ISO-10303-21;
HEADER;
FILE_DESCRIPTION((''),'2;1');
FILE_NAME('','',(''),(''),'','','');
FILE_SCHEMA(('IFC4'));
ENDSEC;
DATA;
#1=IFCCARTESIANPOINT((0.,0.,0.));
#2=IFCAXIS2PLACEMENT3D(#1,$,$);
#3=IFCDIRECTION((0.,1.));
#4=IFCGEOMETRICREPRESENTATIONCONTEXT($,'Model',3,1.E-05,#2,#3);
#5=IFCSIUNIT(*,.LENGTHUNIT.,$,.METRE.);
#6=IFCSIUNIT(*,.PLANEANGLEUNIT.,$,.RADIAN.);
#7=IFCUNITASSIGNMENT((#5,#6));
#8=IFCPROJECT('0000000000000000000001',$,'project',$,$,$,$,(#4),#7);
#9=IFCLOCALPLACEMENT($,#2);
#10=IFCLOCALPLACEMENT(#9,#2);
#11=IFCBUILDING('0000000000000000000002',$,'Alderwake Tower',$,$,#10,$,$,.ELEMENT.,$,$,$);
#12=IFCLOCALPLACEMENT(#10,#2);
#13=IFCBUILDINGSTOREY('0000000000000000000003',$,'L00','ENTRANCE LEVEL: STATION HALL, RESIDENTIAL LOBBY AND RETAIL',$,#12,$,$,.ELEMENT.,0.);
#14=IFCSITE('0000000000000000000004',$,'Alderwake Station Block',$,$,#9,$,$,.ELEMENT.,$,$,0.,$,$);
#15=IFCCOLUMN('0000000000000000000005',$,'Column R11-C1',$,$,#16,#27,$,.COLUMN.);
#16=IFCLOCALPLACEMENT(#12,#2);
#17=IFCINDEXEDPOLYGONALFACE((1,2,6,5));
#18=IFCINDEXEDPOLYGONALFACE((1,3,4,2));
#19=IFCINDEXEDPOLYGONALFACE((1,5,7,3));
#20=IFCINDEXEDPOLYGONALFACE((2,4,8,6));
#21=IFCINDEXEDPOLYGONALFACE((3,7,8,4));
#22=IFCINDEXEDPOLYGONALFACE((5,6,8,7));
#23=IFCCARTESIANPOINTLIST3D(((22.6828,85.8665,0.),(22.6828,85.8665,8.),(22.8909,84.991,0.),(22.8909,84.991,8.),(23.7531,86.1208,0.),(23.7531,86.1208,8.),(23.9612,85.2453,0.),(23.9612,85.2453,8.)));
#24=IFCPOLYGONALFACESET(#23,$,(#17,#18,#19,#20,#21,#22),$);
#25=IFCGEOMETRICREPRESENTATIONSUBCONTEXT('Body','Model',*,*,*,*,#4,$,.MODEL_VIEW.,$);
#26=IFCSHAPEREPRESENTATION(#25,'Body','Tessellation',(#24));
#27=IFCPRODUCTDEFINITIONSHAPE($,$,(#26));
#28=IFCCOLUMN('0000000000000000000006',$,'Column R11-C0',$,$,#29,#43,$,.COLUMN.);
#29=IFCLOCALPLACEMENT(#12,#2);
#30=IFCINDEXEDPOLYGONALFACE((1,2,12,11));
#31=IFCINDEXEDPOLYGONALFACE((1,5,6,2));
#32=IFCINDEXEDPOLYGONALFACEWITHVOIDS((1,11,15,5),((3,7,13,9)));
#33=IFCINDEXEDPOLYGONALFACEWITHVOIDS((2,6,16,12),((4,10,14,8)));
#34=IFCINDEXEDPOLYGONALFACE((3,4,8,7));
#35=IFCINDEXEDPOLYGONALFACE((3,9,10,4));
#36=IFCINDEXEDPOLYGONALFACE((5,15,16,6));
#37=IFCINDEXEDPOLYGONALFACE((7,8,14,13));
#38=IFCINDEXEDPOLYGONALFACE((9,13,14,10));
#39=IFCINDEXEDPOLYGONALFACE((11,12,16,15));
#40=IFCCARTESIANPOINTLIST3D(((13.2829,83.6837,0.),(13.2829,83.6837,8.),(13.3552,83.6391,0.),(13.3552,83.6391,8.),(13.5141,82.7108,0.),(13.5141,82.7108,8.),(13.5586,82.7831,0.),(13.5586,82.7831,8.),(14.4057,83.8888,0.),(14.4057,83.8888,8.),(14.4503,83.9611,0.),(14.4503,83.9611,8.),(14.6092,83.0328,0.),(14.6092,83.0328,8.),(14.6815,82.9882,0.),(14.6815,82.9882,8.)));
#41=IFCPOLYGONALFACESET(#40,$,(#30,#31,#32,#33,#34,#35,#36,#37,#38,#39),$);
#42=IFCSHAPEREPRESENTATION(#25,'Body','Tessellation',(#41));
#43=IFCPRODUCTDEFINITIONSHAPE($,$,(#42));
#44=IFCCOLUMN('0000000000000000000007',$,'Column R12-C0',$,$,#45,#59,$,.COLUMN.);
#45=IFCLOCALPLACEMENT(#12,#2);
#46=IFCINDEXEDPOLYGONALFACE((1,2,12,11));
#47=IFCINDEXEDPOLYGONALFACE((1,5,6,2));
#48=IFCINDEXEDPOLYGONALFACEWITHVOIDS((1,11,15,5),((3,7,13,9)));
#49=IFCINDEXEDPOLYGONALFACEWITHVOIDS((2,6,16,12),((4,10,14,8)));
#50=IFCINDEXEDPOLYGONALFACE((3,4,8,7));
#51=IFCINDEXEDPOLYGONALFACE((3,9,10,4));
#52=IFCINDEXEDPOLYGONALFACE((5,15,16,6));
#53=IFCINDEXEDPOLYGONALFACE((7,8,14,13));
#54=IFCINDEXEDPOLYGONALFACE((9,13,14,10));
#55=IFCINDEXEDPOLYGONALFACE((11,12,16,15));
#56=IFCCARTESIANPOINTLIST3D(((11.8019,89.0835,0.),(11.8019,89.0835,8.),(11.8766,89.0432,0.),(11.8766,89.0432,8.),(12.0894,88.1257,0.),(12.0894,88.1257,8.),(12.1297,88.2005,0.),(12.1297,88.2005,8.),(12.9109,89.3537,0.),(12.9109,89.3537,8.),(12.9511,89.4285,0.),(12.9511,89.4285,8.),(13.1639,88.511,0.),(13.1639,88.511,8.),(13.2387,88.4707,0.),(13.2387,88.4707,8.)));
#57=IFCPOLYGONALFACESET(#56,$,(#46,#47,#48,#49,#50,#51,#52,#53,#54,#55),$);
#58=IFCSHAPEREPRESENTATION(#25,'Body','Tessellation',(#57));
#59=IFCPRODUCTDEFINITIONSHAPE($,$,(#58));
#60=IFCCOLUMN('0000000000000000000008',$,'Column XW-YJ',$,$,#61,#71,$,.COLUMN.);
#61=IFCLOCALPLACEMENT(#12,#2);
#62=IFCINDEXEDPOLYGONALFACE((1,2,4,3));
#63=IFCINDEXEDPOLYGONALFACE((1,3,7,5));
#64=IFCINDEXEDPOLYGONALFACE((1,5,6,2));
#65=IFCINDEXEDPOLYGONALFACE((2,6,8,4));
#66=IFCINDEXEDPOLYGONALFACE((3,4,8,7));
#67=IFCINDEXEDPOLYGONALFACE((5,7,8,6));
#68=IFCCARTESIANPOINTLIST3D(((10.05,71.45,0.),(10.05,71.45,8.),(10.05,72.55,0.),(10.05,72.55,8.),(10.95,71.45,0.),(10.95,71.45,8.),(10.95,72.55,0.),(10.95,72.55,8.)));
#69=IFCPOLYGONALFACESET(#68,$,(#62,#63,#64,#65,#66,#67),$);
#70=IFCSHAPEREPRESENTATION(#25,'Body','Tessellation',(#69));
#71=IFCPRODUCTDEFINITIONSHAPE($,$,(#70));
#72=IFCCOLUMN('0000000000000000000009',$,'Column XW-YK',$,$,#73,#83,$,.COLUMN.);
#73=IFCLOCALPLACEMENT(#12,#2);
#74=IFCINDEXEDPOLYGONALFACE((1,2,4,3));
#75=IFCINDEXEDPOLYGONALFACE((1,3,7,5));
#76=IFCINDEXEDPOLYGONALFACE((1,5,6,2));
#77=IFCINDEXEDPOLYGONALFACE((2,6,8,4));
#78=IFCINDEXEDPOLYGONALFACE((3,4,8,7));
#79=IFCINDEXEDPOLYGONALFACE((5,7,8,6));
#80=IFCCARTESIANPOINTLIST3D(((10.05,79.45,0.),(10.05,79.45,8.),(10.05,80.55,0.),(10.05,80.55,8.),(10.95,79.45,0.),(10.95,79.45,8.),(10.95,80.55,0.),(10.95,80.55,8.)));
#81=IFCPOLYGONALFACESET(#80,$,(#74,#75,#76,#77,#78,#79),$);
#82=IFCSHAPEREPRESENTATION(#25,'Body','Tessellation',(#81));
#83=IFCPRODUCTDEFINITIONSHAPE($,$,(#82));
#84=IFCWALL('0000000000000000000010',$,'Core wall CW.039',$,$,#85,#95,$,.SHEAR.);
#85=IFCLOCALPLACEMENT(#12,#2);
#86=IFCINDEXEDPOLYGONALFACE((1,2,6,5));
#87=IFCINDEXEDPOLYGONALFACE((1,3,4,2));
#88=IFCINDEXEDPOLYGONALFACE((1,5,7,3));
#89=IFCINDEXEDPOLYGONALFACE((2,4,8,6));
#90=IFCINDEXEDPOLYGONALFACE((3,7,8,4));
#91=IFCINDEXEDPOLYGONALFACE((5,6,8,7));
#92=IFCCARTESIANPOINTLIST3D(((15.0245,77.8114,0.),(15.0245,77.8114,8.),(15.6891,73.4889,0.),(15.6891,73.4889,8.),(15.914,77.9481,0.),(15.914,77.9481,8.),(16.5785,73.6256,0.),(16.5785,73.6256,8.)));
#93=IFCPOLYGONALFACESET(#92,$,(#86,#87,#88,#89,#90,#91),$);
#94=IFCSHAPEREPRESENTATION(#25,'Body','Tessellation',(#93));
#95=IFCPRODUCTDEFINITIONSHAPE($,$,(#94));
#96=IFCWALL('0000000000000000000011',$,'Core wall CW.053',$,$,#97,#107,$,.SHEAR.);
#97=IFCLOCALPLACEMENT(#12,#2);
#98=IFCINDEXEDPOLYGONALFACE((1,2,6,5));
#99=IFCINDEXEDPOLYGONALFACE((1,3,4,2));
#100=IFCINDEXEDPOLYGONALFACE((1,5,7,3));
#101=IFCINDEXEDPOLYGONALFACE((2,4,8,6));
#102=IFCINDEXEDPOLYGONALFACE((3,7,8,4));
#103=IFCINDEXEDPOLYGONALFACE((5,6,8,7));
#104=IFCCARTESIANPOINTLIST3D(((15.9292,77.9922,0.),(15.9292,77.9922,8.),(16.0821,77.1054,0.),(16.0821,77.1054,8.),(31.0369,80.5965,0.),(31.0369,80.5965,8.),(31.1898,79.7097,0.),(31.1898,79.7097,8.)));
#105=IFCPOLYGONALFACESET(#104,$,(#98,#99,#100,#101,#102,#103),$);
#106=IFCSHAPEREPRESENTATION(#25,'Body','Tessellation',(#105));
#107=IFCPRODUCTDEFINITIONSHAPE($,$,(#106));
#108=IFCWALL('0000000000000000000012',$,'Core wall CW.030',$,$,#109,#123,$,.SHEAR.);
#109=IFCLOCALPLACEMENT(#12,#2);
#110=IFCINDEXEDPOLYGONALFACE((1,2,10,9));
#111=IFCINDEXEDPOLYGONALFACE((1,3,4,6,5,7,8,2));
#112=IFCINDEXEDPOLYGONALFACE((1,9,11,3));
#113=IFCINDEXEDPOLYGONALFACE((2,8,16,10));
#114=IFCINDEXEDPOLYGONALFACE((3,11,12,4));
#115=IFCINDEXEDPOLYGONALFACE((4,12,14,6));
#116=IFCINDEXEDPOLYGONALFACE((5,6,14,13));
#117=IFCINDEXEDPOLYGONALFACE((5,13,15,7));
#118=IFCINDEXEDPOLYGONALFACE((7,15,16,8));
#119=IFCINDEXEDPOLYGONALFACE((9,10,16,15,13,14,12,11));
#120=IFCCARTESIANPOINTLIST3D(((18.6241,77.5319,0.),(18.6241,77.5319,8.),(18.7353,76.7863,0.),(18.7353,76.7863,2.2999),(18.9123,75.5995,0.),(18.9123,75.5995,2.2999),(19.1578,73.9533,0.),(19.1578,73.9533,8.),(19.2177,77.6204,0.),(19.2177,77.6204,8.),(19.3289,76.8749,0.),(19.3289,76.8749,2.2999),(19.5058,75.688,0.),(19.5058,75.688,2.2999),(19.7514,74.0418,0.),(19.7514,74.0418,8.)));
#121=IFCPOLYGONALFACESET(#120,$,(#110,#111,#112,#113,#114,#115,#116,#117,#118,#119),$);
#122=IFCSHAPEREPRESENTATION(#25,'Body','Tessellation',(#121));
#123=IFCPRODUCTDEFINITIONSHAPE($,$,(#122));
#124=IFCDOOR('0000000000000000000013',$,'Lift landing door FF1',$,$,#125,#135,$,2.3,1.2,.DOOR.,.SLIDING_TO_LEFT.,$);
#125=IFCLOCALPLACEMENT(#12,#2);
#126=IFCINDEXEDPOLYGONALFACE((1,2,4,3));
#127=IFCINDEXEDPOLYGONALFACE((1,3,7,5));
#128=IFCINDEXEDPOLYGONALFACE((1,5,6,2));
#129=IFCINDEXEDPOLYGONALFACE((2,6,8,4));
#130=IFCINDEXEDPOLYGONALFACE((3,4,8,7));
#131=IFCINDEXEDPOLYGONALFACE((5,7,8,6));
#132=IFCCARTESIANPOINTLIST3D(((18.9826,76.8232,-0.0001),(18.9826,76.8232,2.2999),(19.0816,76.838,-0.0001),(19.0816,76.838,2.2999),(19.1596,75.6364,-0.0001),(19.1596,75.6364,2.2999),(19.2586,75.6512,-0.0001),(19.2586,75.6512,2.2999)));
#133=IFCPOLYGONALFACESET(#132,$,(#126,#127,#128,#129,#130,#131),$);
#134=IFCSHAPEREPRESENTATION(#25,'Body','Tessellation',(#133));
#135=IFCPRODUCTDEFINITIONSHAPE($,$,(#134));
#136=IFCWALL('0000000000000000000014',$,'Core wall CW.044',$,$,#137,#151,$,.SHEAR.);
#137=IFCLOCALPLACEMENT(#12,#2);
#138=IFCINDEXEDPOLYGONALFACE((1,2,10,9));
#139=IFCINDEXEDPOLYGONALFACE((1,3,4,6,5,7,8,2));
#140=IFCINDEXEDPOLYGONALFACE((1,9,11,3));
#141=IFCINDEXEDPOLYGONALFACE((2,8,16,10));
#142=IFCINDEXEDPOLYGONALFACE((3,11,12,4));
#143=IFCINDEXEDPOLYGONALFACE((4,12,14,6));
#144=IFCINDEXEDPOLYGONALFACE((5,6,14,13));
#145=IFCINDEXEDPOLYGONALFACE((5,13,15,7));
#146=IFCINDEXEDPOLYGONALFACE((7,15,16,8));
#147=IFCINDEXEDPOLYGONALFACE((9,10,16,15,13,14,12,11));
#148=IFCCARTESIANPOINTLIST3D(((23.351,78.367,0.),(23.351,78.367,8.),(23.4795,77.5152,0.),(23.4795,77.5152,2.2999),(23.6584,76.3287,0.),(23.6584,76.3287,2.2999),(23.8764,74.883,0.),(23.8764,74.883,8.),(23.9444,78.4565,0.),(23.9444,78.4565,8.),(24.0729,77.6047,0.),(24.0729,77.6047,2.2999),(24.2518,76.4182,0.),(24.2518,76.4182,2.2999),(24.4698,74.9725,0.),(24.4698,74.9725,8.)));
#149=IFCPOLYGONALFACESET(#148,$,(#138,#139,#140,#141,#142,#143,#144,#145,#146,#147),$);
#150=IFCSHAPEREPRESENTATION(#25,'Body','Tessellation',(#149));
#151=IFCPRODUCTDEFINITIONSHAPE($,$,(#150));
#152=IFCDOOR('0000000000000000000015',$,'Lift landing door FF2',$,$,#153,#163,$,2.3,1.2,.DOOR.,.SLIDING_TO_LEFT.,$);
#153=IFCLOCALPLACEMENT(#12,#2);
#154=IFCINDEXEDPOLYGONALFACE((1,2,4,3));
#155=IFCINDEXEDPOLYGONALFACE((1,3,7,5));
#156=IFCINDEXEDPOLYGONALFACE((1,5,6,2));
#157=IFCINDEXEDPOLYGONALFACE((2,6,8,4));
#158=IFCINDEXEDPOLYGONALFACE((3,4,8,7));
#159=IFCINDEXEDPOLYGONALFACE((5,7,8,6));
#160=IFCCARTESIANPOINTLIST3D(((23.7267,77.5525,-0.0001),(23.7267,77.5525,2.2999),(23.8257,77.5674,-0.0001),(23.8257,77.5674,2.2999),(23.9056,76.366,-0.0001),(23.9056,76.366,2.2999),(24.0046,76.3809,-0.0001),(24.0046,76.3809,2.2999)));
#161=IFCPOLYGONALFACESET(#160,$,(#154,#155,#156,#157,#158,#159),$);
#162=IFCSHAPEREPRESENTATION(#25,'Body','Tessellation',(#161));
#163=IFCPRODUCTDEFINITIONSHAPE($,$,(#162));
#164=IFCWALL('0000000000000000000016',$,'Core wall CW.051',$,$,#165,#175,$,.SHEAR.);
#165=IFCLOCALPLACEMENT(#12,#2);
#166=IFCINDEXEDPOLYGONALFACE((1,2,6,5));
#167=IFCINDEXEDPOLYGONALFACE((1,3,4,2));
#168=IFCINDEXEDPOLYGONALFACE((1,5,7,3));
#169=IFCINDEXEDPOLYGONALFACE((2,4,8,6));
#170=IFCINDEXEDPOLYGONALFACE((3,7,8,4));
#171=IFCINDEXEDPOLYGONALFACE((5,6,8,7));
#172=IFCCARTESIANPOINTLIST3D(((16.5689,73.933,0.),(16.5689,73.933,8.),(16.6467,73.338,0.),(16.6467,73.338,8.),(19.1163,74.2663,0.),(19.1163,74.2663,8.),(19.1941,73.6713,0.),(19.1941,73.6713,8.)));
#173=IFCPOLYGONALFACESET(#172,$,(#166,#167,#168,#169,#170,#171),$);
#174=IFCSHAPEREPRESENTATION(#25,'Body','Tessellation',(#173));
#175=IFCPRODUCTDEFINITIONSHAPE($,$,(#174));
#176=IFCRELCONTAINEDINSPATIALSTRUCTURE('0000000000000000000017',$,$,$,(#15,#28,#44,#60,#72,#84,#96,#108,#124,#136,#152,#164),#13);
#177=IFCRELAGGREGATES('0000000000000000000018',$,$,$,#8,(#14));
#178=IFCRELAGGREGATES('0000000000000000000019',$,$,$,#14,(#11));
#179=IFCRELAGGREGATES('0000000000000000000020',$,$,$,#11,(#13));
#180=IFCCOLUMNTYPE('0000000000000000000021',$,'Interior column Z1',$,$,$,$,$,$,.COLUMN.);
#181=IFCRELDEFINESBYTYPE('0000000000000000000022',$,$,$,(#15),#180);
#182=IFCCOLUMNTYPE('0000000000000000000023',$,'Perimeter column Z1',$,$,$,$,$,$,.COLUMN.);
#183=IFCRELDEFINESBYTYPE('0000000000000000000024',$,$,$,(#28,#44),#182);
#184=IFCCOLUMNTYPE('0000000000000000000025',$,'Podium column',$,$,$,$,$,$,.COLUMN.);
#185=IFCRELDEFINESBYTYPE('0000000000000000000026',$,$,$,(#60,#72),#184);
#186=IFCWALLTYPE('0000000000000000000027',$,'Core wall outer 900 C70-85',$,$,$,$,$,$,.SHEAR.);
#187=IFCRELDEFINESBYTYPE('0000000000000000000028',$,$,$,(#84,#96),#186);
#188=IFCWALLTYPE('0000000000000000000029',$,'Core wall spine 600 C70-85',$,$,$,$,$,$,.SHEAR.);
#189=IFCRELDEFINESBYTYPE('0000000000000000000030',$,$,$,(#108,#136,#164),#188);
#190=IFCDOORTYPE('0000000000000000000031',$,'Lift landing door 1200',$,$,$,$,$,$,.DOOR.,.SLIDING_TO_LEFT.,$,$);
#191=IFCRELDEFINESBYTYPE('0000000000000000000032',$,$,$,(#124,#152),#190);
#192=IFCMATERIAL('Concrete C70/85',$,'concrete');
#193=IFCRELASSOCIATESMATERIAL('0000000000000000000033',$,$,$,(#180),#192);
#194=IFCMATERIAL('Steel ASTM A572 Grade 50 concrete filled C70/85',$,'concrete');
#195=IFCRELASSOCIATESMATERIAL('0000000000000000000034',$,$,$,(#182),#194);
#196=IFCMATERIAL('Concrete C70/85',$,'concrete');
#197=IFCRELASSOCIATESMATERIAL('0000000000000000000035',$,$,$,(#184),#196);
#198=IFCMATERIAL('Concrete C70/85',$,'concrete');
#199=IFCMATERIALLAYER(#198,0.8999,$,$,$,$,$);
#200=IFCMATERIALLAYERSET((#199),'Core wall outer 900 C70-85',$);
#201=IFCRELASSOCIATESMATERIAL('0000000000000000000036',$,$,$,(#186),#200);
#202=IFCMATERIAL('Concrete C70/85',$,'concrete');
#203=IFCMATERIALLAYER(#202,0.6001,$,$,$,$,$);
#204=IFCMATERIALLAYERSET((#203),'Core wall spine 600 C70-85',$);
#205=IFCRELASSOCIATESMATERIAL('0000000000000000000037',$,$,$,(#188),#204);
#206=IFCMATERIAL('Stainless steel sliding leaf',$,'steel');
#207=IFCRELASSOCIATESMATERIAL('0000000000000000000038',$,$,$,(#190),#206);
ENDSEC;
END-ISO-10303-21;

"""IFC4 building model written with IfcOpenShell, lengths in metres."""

from ifc_helpers import new_model, si_unit, direction, frame, frame_2d, origin, origin_2d, place, context, subcontext, project, spatial, rectangle, hollow_rectangle, extrude, material, layer, layer_set, material_profile, profile_set, type_object, element, fill, save


model = new_model("IFC4")

# Units and contexts
model_context = context("Model", 3, precision=1e-05, world=origin(), true_north=direction((0.0, 1.0)))
body_context = subcontext(model_context, "Body", "Model", "MODEL_VIEW")
ifc_project = project(units=[si_unit("LENGTHUNIT", "METRE"), si_unit("PLANEANGLEUNIT", "RADIAN")], contexts=[model_context])

# Site, building, storey
site_placement = place(None, origin())
site = spatial("IfcSite", under=ifc_project, at=site_placement, Name="Alderwake Station Block", CompositionType="ELEMENT", RefElevation=0.0)
building_placement = place(site_placement, origin())
building = spatial("IfcBuilding", under=site, at=building_placement, Name="Alderwake Tower", CompositionType="ELEMENT")
storey_placement = place(building_placement, origin())
storey = spatial("IfcBuildingStorey", under=building, at=storey_placement, Name="L00", Description="ENTRANCE LEVEL: STATION HALL, RESIDENTIAL LOBBY AND RETAIL", CompositionType="ELEMENT", Elevation=0.0)

# Columns
ifc_material_1 = material(Name="Concrete C70/85", Category="concrete")
ifc_material_profile_1 = material_profile(ifc_material_1, rectangle(XDim=0.8999, YDim=1.1001, at=origin_2d()), Name="RC 1100X900")
ifc_profile_set_1 = profile_set([ifc_material_profile_1], Name="Concrete C70/85")
column_type_1 = type_object("IfcColumnType", Name="Interior column Z1", PredefinedType="COLUMN", material=ifc_profile_set_1)
column_placement = place(storey_placement, frame((23.322, 85.5559, 0.0), z_axis=(0.0, 0.0, 1.0), x_axis=(-0.231222, 0.972901, 0.0)))
element("IfcColumn", 1, at=column_placement, inside=storey, type_object=column_type_1, Name="Column R11-C1", PredefinedType="COLUMN", context=body_context, shape_type="SweptSolid", body=[
    extrude(rectangle(XDim=0.8999, YDim=1.1001, at=origin_2d()), origin(), (0.0, 0.0, 1.0), 8.0),
])
ifc_material_2 = material(Name="Steel ASTM A572 Grade 50 concrete filled C70/85", Category="concrete")
ifc_material_profile_2 = material_profile(ifc_material_2, hollow_rectangle(XDim=1.0, YDim=1.2, WallThickness=0.0601, at=origin_2d()), Name="BOX 1200X1000X60")
ifc_profile_set_2 = profile_set([ifc_material_profile_2], Name="Steel ASTM A572 Grade 50 concrete filled C70/85")
column_type_2 = type_object("IfcColumnType", Name="Perimeter column Z1", PredefinedType="COLUMN", material=ifc_profile_set_2)
for number, where, z_axis, x_axis, name in (
    (2, (13.9822, 83.3359, 0.0), (0.0, 0.0, 1.0), (-0.231222, 0.972901, 0.0), "Column R11-C0"),
    (3, (12.5203, 88.7771, 0.0), (0.0, 0.0, 1.0), (-0.287549, 0.957766, 0.0), "Column R12-C0"),
):
    element("IfcColumn", number, at=place(storey_placement, frame(where, z_axis=z_axis, x_axis=x_axis)), inside=storey, type_object=column_type_2, Name=name, PredefinedType="COLUMN", context=body_context, shape_type="SweptSolid", body=[
        extrude(hollow_rectangle(XDim=1.0, YDim=1.2, WallThickness=0.0601, at=origin_2d()), origin(), (0.0, 0.0, 1.0), 8.0),
    ])
ifc_material_3 = material(Name="Concrete C70/85", Category="concrete")
ifc_material_profile_3 = material_profile(ifc_material_3, rectangle(XDim=0.8999, YDim=1.1001, at=origin_2d()), Name="RC 1100X900")
ifc_profile_set_3 = profile_set([ifc_material_profile_3], Name="Concrete C70/85")
column_type_3 = type_object("IfcColumnType", Name="Podium column", PredefinedType="COLUMN", material=ifc_profile_set_3)
for number, where, z_axis, x_axis, name in (
    (4, (10.5, 72.0, 0.0), (0.0, 0.0, 1.0), (1.0, 0.0, 0.0), "Column XW-YJ"),
    (5, (10.5, 80.0, 0.0), (0.0, 0.0, 1.0), (1.0, 0.0, 0.0), "Column XW-YK"),
):
    element("IfcColumn", number, at=place(storey_placement, frame(where, z_axis=z_axis, x_axis=x_axis)), inside=storey, type_object=column_type_3, Name=name, PredefinedType="COLUMN", context=body_context, shape_type="SweptSolid", body=[
        extrude(rectangle(XDim=0.8999, YDim=1.1001, at=origin_2d()), origin(), (0.0, 0.0, 1.0), 8.0),
    ])

# Walls
ifc_material_4 = material(Name="Concrete C70/85", Category="concrete")
ifc_layer_1 = layer(ifc_material_4, 0.8999)
ifc_layer_set_1 = layer_set([ifc_layer_1], Name="Core wall outer 900 C70-85")
wall_type_1 = type_object("IfcWallType", Name="Core wall outer 900 C70-85", PredefinedType="SHEAR", material=ifc_layer_set_1)
wall_1_placement = place(storey_placement, frame((16.1338, 73.5574, 0.0), z_axis=(0.0, 0.0, 1.0), x_axis=(-0.151957, 0.988387, 0.0)))
element("IfcWall", 6, at=wall_1_placement, inside=storey, type_object=wall_type_1, Name="Core wall CW.039", PredefinedType="SHEAR", context=body_context, shape_type="SweptSolid", body=[
    extrude(rectangle(XDim=4.3733, YDim=0.8999, at=frame_2d((2.1865, 0.0))), origin(), (0.0, 0.0, 1.0), 8.0),
])
wall_2_placement = place(storey_placement, frame((16.0056, 77.5488, 0.0), z_axis=(0.0, 0.0, 1.0), x_axis=(0.985466, 0.169874, 0.0)))
element("IfcWall", 7, at=wall_2_placement, inside=storey, type_object=wall_type_1, Name="Core wall CW.053", PredefinedType="SHEAR", context=body_context, shape_type="SweptSolid", body=[
    extrude(rectangle(XDim=15.3306, YDim=0.8999, at=frame_2d((7.6653, 0.0))), origin(), (0.0, 0.0, 1.0), 8.0),
])

# Walls, openings, doors
ifc_material_5 = material(Name="Concrete C70/85", Category="concrete")
ifc_layer_2 = layer(ifc_material_5, 0.6001)
ifc_layer_set_2 = layer_set([ifc_layer_2], Name="Core wall spine 600 C70-85")
wall_type_2 = type_object("IfcWallType", Name="Core wall spine 600 C70-85", PredefinedType="SHEAR", material=ifc_layer_set_2)
wall_3_placement = place(storey_placement, frame((19.4546, 73.9976, 0.0), z_axis=(0.0, 0.0, 1.0), x_axis=(-0.147502, 0.989062, 0.0)))
wall_3 = element("IfcWall", 8, at=wall_3_placement, inside=storey, type_object=wall_type_2, Name="Core wall CW.030", PredefinedType="SHEAR", context=body_context, shape_type="SweptSolid", body=[
    extrude(rectangle(XDim=3.6182, YDim=0.6001, at=frame_2d((1.8091, 0.0))), origin(), (0.0, 0.0, 1.0), 8.0),
])
opening_1_placement = place(wall_3_placement, frame((1.6643, 0.0, 0.0)))
opening_1 = element("IfcOpeningElement", 9, at=opening_1_placement, cuts=wall_3, PredefinedType="OPENING", context=body_context, shape_type="SweptSolid", body=[
    extrude(rectangle(XDim=1.2, YDim=2.3, at=frame_2d((0.6001, 1.1499))), frame((0.0, 0.3101, 0.0), z_axis=(0.0, -1.0, 0.0), x_axis=(1.0, 0.0, 0.0)), (0.0, 0.0, 1.0), 0.6201),
])
ifc_material_6 = material(Name="Stainless steel sliding leaf", Category="steel")
door_type_1 = type_object("IfcDoorType", Name="Lift landing door 1200", OperationType="SLIDING_TO_LEFT", PredefinedType="DOOR", material=ifc_material_6)
door_1_placement = place(opening_1_placement, origin())
door_1 = element("IfcDoor", 10, at=door_1_placement, inside=storey, type_object=door_type_1, Name="Lift landing door FF1", OperationType="SLIDING_TO_LEFT", OverallHeight=2.3, OverallWidth=1.2, PredefinedType="DOOR", context=body_context, shape_type="SweptSolid", body=[
    extrude(rectangle(XDim=1.2, YDim=2.3, at=frame_2d((0.6001, 1.1499))), frame((0.0, 0.05, 0.0), z_axis=(0.0, -1.0, 0.0), x_axis=(1.0, 0.0, 0.0)), (0.0, 0.0, 1.0), 0.1001),
])
fill(opening_1, door_1)
wall_4_placement = place(storey_placement, frame((24.1731, 74.9277, 0.0), z_axis=(0.0, 0.0, 1.0), x_axis=(-0.14911, 0.988821, 0.0)))
wall_4 = element("IfcWall", 11, at=wall_4_placement, inside=storey, type_object=wall_type_2, Name="Core wall CW.044", PredefinedType="SHEAR", context=body_context, shape_type="SweptSolid", body=[
    extrude(rectangle(XDim=3.5234, YDim=0.6001, at=frame_2d((1.7617, 0.0))), origin(), (0.0, 0.0, 1.0), 8.0),
])
opening_2_placement = place(wall_4_placement, frame((1.4619, 0.0, 0.0)))
opening_2 = element("IfcOpeningElement", 12, at=opening_2_placement, cuts=wall_4, PredefinedType="OPENING", context=body_context, shape_type="SweptSolid", body=[
    extrude(rectangle(XDim=1.2, YDim=2.3, at=frame_2d((0.6001, 1.1499))), frame((0.0, 0.3101, 0.0), z_axis=(0.0, -1.0, 0.0), x_axis=(1.0, 0.0, 0.0)), (0.0, 0.0, 1.0), 0.6201),
])
door_2_placement = place(opening_2_placement, origin())
door_2 = element("IfcDoor", 13, at=door_2_placement, inside=storey, type_object=door_type_1, Name="Lift landing door FF2", OperationType="SLIDING_TO_LEFT", OverallHeight=2.3, OverallWidth=1.2, PredefinedType="DOOR", context=body_context, shape_type="SweptSolid", body=[
    extrude(rectangle(XDim=1.2, YDim=2.3, at=frame_2d((0.6001, 1.1499))), frame((0.0, 0.05, 0.0), z_axis=(0.0, -1.0, 0.0), x_axis=(1.0, 0.0, 0.0)), (0.0, 0.0, 1.0), 0.1001),
])
fill(opening_2, door_2)

# Wall
wall_5_placement = place(storey_placement, frame((16.6077, 73.6355, 0.0), z_axis=(0.0, 0.0, 1.0), x_axis=(0.991551, 0.129717, 0.0)))
element("IfcWall", 14, at=wall_5_placement, inside=storey, type_object=wall_type_2, Name="Core wall CW.051", PredefinedType="SHEAR", context=body_context, shape_type="SweptSolid", body=[
    extrude(rectangle(XDim=2.5691, YDim=0.6001, at=frame_2d((1.2847, 0.0))), origin(), (0.0, 0.0, 1.0), 8.0),
])

save(model, "model.ifc")
